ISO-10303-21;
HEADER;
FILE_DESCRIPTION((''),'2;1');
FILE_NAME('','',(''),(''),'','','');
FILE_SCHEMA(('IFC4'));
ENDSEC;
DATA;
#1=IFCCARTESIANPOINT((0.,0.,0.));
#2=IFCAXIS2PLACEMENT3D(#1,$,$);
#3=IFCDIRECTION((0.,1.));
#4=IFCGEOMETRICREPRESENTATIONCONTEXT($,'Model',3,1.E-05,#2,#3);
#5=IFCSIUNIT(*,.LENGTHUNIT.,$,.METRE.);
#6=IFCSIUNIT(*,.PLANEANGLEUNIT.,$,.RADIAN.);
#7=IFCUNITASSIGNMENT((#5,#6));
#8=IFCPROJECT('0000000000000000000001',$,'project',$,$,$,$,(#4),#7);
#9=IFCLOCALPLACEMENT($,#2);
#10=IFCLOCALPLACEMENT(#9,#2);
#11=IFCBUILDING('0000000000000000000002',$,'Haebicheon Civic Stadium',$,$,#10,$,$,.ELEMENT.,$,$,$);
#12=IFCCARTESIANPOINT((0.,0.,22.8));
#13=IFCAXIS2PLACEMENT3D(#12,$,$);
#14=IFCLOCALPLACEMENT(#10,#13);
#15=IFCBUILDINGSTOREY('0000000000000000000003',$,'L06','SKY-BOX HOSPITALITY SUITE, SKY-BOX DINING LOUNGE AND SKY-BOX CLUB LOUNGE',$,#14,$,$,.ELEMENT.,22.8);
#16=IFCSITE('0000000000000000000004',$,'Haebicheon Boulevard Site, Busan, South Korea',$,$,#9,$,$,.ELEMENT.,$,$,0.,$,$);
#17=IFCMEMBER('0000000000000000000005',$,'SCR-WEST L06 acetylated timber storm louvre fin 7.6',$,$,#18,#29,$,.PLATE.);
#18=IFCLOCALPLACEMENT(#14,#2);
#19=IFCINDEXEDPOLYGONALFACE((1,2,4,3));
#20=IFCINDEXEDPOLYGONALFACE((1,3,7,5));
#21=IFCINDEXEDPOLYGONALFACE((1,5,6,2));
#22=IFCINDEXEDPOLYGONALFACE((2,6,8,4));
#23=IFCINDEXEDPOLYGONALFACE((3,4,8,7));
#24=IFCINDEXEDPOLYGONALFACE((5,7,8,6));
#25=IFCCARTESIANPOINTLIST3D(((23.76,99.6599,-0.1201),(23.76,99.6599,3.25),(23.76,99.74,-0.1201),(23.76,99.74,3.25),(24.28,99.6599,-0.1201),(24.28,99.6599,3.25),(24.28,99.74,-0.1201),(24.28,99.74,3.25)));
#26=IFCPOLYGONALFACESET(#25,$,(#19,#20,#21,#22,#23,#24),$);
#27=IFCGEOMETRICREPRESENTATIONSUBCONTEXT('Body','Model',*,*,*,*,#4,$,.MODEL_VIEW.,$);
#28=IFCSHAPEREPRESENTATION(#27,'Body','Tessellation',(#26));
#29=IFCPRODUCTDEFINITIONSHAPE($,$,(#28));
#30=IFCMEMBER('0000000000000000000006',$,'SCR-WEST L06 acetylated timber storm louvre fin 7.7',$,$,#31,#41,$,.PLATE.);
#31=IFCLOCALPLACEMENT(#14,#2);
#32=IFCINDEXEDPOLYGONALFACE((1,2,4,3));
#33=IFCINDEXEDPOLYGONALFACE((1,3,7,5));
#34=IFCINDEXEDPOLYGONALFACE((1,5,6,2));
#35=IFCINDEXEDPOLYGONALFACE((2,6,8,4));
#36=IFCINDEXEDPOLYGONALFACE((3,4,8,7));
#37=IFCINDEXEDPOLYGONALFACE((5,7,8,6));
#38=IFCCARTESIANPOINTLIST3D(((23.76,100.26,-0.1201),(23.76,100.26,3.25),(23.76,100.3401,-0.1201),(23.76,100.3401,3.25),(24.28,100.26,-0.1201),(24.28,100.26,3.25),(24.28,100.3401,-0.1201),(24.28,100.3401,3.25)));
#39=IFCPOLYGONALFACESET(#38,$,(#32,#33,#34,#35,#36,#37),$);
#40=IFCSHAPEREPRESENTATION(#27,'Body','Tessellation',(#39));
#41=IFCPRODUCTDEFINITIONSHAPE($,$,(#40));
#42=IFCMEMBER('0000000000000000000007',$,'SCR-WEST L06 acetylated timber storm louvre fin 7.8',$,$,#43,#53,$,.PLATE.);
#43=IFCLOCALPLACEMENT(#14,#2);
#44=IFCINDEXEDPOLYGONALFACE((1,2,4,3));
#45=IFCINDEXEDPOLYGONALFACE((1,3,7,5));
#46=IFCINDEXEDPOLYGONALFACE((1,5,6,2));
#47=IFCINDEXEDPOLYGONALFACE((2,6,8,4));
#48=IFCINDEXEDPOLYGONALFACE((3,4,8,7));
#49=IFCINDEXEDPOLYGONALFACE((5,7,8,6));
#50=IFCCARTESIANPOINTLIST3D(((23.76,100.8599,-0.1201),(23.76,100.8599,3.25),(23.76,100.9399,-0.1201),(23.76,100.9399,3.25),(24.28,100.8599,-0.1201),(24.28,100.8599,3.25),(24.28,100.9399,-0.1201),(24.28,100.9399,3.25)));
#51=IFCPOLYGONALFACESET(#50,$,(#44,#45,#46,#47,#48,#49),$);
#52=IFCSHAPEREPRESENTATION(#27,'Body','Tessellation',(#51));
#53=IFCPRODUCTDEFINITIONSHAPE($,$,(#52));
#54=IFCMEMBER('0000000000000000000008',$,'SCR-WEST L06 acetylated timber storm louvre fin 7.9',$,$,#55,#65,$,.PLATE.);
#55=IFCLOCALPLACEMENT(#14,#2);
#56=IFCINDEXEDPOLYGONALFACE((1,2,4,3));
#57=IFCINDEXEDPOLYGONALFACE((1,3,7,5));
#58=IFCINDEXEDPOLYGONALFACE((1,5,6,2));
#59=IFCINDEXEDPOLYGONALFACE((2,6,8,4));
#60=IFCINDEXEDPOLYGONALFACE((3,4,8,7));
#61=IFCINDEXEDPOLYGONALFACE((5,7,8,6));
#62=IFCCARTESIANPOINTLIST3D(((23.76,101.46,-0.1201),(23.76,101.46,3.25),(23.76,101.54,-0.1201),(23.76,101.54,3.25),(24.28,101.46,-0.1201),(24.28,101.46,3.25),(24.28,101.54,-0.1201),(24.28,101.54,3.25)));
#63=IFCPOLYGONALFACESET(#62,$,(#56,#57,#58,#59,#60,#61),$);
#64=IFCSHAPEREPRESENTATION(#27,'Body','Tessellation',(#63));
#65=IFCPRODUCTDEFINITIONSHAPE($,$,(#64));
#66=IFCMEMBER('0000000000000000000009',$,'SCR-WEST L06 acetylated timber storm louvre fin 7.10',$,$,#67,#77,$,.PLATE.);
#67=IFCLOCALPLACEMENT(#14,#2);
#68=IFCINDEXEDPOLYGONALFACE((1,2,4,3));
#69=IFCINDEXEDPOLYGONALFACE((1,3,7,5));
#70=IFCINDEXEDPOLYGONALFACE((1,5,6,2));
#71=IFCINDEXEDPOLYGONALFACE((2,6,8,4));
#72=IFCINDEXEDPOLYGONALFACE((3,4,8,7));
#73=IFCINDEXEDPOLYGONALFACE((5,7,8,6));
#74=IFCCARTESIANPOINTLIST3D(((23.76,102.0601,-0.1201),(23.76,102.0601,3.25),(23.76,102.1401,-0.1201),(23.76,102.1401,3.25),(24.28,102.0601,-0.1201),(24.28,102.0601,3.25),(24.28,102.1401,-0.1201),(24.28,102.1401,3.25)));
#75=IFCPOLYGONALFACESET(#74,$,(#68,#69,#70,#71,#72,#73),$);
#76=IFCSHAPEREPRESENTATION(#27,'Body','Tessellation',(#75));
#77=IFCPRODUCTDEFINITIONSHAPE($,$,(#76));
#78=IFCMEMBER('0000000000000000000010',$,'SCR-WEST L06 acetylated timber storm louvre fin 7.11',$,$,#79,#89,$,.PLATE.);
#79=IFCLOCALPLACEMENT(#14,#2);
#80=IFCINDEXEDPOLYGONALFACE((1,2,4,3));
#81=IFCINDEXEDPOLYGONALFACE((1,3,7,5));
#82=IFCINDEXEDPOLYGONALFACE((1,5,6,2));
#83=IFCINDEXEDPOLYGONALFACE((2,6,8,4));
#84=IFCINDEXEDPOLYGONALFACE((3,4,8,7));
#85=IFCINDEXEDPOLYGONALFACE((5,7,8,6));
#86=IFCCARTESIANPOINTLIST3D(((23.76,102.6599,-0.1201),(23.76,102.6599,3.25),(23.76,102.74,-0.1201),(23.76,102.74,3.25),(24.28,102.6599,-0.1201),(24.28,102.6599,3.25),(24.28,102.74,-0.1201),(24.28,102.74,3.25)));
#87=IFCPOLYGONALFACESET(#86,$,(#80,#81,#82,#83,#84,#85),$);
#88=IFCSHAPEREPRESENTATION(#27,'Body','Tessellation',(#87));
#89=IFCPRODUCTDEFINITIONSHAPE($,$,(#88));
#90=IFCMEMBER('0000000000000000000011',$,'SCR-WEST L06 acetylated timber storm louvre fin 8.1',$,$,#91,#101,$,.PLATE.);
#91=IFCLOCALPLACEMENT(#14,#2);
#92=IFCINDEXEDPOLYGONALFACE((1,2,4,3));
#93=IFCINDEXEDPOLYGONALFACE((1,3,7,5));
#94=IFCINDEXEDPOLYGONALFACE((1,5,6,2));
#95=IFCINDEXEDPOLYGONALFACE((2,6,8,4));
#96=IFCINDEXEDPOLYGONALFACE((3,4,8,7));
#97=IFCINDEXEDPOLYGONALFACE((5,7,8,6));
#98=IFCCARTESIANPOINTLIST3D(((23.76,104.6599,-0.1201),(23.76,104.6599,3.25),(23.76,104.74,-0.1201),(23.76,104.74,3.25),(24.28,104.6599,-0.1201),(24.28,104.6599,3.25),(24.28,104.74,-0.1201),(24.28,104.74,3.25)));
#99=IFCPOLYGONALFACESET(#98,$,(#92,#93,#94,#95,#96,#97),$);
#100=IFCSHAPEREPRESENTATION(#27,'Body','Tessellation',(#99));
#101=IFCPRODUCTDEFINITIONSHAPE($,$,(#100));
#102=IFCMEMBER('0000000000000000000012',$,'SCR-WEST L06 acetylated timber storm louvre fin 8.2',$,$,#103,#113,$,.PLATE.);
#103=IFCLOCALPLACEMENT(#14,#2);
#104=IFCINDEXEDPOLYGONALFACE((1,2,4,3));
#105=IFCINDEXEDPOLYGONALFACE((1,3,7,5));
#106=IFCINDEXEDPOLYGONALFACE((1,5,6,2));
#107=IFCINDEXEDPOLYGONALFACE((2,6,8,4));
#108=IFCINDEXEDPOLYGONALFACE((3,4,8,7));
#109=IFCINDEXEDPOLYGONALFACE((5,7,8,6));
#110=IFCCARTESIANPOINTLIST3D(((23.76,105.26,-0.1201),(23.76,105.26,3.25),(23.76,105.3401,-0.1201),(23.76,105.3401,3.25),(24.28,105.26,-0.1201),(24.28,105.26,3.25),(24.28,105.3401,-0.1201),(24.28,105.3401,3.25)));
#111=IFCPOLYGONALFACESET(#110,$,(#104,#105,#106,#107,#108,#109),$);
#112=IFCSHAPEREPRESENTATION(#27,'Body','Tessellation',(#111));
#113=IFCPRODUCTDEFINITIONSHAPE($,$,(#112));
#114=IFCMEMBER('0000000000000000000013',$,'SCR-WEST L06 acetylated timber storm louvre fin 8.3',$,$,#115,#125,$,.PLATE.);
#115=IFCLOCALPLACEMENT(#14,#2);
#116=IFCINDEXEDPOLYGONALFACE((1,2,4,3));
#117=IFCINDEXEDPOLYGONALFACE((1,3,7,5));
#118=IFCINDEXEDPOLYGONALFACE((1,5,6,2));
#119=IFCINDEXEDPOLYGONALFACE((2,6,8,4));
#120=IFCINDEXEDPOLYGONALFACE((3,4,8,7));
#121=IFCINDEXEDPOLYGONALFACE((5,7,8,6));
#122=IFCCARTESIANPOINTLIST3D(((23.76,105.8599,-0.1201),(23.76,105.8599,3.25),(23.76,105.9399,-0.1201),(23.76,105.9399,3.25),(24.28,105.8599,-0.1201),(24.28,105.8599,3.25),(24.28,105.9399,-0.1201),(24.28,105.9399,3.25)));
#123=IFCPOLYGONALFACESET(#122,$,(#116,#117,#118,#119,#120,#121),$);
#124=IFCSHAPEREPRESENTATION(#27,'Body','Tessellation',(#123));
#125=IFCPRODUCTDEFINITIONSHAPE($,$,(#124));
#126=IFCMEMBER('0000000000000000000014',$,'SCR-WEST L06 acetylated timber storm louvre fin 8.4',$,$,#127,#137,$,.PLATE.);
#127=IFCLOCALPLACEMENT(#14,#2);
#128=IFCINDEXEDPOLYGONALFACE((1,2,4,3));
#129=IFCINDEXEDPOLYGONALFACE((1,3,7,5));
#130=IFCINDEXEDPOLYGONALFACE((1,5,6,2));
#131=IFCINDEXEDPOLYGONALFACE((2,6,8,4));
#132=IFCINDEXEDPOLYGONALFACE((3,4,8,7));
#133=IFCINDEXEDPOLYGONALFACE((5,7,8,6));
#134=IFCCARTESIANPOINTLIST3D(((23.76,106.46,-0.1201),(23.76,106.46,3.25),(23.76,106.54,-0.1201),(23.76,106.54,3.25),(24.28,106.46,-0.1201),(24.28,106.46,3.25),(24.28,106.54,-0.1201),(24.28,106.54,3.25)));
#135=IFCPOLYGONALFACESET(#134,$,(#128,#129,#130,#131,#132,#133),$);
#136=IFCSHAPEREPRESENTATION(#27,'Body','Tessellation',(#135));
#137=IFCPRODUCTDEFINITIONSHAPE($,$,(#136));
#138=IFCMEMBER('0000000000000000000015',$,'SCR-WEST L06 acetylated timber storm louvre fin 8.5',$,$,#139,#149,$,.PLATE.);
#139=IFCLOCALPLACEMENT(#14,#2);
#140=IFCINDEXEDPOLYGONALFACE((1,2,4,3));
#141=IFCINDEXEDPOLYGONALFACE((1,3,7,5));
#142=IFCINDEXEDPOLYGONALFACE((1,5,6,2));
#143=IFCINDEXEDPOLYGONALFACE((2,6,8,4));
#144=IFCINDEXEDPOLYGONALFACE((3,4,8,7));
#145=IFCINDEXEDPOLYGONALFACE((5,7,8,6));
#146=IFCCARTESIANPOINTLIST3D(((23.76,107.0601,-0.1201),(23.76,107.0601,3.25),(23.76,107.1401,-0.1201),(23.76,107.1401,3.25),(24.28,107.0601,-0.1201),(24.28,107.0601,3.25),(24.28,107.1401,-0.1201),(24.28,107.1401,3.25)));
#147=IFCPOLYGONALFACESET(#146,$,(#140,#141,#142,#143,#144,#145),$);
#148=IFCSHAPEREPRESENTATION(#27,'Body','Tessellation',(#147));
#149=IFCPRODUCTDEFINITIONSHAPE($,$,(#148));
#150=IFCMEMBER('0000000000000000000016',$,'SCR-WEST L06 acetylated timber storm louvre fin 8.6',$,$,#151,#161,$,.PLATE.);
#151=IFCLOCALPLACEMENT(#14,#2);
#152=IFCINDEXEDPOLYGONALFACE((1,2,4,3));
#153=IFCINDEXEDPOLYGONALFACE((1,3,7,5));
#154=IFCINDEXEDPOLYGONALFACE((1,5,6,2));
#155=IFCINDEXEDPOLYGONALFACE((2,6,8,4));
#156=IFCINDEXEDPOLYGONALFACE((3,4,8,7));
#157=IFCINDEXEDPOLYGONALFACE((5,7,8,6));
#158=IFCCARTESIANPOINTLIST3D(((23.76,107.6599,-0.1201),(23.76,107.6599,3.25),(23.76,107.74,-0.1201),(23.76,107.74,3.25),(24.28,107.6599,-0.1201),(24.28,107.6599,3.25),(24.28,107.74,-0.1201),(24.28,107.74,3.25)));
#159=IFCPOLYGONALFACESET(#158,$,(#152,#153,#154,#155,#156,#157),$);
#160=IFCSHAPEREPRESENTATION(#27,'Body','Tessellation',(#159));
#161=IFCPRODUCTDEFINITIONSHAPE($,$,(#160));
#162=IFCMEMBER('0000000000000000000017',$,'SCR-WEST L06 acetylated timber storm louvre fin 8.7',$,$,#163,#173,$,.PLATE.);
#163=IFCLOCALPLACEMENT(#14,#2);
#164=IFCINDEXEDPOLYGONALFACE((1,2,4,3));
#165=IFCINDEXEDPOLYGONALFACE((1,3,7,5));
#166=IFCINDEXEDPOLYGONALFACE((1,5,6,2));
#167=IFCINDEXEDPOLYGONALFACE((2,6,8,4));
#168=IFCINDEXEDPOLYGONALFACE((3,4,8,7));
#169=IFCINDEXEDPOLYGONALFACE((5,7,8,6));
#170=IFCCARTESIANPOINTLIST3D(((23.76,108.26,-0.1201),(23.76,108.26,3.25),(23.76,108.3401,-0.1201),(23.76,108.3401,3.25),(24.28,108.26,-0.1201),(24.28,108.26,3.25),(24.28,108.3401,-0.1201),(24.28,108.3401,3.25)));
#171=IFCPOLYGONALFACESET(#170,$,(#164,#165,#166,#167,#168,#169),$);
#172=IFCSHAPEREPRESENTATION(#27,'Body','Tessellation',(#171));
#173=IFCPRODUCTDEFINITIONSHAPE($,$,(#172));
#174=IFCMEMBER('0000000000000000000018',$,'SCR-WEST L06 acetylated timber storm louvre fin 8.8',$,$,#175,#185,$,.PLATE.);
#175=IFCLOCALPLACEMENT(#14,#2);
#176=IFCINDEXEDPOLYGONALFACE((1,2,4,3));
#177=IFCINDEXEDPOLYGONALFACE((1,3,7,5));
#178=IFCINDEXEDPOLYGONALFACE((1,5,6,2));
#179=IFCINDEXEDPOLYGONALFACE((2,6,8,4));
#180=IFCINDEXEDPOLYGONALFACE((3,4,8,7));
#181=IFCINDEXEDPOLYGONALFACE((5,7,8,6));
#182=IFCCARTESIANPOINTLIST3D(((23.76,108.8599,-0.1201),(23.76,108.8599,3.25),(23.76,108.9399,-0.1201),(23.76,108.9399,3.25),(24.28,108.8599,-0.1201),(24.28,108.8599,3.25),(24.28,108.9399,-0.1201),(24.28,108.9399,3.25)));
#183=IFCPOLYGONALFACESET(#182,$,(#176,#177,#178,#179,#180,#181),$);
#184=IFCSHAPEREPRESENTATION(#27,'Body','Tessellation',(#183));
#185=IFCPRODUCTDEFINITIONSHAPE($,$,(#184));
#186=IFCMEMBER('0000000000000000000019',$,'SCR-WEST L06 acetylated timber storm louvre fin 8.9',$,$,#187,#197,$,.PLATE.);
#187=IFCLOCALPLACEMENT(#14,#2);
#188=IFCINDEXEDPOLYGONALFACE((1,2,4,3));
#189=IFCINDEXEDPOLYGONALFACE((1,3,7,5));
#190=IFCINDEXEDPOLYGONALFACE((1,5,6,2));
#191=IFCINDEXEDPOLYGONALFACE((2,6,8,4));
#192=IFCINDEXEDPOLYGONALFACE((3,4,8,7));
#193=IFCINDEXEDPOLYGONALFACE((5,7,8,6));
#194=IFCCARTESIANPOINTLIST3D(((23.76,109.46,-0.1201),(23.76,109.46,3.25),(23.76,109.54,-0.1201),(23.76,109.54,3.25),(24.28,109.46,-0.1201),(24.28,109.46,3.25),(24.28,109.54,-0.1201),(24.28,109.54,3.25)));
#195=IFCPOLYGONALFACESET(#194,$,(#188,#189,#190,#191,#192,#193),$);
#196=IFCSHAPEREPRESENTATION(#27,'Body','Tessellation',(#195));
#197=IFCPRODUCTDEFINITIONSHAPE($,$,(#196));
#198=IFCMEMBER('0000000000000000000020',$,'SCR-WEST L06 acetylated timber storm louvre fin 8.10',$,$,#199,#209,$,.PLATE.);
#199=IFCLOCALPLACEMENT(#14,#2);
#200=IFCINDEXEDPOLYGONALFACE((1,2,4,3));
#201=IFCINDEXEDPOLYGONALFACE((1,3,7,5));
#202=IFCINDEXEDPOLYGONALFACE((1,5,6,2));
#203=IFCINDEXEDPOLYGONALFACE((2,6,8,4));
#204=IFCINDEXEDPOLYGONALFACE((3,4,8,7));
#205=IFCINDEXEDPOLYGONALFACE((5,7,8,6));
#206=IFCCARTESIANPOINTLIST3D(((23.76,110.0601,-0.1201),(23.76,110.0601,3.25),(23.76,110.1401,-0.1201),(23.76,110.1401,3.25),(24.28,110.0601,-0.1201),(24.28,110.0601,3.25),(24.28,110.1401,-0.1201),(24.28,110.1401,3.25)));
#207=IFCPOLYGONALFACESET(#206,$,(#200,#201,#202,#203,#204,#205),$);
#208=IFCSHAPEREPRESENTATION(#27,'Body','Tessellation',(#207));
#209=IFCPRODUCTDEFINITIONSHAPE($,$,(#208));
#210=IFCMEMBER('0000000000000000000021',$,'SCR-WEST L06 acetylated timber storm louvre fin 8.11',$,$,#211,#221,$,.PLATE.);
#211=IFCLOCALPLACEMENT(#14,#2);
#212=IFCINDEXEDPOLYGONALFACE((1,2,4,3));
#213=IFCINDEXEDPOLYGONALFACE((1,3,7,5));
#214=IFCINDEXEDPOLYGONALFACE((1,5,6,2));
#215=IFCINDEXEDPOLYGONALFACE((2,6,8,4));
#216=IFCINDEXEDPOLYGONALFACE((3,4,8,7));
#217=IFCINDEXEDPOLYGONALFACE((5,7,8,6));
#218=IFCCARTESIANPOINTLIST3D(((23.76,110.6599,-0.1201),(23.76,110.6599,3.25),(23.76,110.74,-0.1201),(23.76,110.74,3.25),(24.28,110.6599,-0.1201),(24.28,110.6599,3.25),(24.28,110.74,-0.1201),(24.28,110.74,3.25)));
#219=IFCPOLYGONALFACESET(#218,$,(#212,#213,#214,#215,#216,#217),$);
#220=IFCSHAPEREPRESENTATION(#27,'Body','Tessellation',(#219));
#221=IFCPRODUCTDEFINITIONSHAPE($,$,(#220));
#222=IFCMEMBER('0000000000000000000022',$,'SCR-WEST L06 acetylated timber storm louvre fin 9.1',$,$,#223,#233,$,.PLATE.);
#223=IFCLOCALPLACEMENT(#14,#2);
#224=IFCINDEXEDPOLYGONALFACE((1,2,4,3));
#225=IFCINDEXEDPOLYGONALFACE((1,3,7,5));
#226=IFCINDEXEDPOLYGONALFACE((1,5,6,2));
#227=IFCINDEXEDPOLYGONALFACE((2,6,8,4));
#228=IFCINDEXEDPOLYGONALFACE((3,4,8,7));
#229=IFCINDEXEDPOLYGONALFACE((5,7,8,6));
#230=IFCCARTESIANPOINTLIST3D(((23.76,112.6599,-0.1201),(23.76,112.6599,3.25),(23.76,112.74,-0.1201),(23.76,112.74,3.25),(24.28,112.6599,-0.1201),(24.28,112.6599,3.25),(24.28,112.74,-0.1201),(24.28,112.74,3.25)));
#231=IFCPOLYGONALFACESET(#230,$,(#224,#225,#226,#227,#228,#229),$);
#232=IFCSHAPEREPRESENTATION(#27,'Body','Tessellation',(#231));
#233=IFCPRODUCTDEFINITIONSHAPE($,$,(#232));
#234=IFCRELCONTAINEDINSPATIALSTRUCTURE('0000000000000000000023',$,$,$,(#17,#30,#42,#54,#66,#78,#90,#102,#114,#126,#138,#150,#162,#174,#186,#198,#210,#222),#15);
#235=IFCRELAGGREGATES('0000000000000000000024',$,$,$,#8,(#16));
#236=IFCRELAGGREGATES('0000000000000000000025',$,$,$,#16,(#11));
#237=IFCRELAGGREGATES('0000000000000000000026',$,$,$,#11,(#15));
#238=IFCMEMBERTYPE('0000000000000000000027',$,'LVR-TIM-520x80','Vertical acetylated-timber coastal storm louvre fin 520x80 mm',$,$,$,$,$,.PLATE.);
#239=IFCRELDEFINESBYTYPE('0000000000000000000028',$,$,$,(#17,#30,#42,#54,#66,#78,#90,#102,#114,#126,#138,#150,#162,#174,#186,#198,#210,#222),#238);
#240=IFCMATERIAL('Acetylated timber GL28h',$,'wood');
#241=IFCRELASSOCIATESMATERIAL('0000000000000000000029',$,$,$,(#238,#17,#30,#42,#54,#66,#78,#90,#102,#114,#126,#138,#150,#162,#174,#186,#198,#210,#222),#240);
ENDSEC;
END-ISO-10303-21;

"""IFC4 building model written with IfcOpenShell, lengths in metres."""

from ifc_helpers import new_model, si_unit, direction, frame, origin, origin_2d, place, context, subcontext, project, spatial, rectangle, extrude, material, material_profile, profile_set, type_object, element, save


model = new_model("IFC4")

# Units and contexts
model_context = context("Model", 3, precision=1e-05, world=origin(), true_north=direction((0.0, 1.0)))
body_context = subcontext(model_context, "Body", "Model", "MODEL_VIEW")
ifc_project = project(units=[si_unit("LENGTHUNIT", "METRE"), si_unit("PLANEANGLEUNIT", "RADIAN")], contexts=[model_context])

# Site, building, storey
site_placement = place(None, origin())
site = spatial("IfcSite", under=ifc_project, at=site_placement, Name="Haebicheon Boulevard Site, Busan, South Korea", CompositionType="ELEMENT", RefElevation=0.0)
building_placement = place(site_placement, origin())
building = spatial("IfcBuilding", under=site, at=building_placement, Name="Haebicheon Civic Stadium", CompositionType="ELEMENT")
storey_placement = place(building_placement, frame((0.0, 0.0, 22.8)))
storey = spatial("IfcBuildingStorey", under=building, at=storey_placement, Name="L06", Description="SKY-BOX HOSPITALITY SUITE, SKY-BOX DINING LOUNGE AND SKY-BOX CLUB LOUNGE", CompositionType="ELEMENT", Elevation=22.8)

# Members
ifc_material_1 = material(Name="Acetylated timber GL28h", Category="wood")
ifc_material_profile_1 = material_profile(ifc_material_1, rectangle(XDim=0.0801, YDim=0.52, at=origin_2d()), Name="TMB-LOUV-80x520")
ifc_profile_set_1 = profile_set([ifc_material_profile_1], Name="Acetylated timber GL28h")
member_type_1 = type_object("IfcMemberType", Name="LVR-TIM-520x80", Description="Vertical acetylated-timber coastal storm louvre fin 520x80 mm", PredefinedType="PLATE", material=ifc_profile_set_1)
for number, where, z_axis, x_axis, name in (
    (1, (24.02, 99.7, -0.1201), (0.0, 0.0, 1.0), (0.0, 1.0, 0.0), "SCR-WEST L06 acetylated timber storm louvre fin 7.6"),
    (2, (24.02, 100.3, -0.1201), (0.0, 0.0, 1.0), (0.0, 1.0, 0.0), "SCR-WEST L06 acetylated timber storm louvre fin 7.7"),
    (3, (24.02, 100.8999, -0.1201), (0.0, 0.0, 1.0), (0.0, 1.0, 0.0), "SCR-WEST L06 acetylated timber storm louvre fin 7.8"),
    (4, (24.02, 101.5, -0.1201), (0.0, 0.0, 1.0), (0.0, 1.0, 0.0), "SCR-WEST L06 acetylated timber storm louvre fin 7.9"),
    (5, (24.02, 102.1001, -0.1201), (0.0, 0.0, 1.0), (0.0, 1.0, 0.0), "SCR-WEST L06 acetylated timber storm louvre fin 7.10"),
    (6, (24.02, 102.7, -0.1201), (0.0, 0.0, 1.0), (0.0, 1.0, 0.0), "SCR-WEST L06 acetylated timber storm louvre fin 7.11"),
    (7, (24.02, 104.7, -0.1201), (0.0, 0.0, 1.0), (0.0, 1.0, 0.0), "SCR-WEST L06 acetylated timber storm louvre fin 8.1"),
    (8, (24.02, 105.3, -0.1201), (0.0, 0.0, 1.0), (0.0, 1.0, 0.0), "SCR-WEST L06 acetylated timber storm louvre fin 8.2"),
    (9, (24.02, 105.8999, -0.1201), (0.0, 0.0, 1.0), (0.0, 1.0, 0.0), "SCR-WEST L06 acetylated timber storm louvre fin 8.3"),
    (10, (24.02, 106.5, -0.1201), (0.0, 0.0, 1.0), (0.0, 1.0, 0.0), "SCR-WEST L06 acetylated timber storm louvre fin 8.4"),
    (11, (24.02, 107.1001, -0.1201), (0.0, 0.0, 1.0), (0.0, 1.0, 0.0), "SCR-WEST L06 acetylated timber storm louvre fin 8.5"),
    (12, (24.02, 107.7, -0.1201), (0.0, 0.0, 1.0), (0.0, 1.0, 0.0), "SCR-WEST L06 acetylated timber storm louvre fin 8.6"),
    (13, (24.02, 108.3, -0.1201), (0.0, 0.0, 1.0), (0.0, 1.0, 0.0), "SCR-WEST L06 acetylated timber storm louvre fin 8.7"),
    (14, (24.02, 108.8999, -0.1201), (0.0, 0.0, 1.0), (0.0, 1.0, 0.0), "SCR-WEST L06 acetylated timber storm louvre fin 8.8"),
    (15, (24.02, 109.5, -0.1201), (0.0, 0.0, 1.0), (0.0, 1.0, 0.0), "SCR-WEST L06 acetylated timber storm louvre fin 8.9"),
    (16, (24.02, 110.1001, -0.1201), (0.0, 0.0, 1.0), (0.0, 1.0, 0.0), "SCR-WEST L06 acetylated timber storm louvre fin 8.10"),
    (17, (24.02, 110.7, -0.1201), (0.0, 0.0, 1.0), (0.0, 1.0, 0.0), "SCR-WEST L06 acetylated timber storm louvre fin 8.11"),
    (18, (24.02, 112.7, -0.1201), (0.0, 0.0, 1.0), (0.0, 1.0, 0.0), "SCR-WEST L06 acetylated timber storm louvre fin 9.1"),
):
    element("IfcMember", number, at=place(storey_placement, frame(where, z_axis=z_axis, x_axis=x_axis)), inside=storey, type_object=member_type_1, material=ifc_profile_set_1, Name=name, PredefinedType="PLATE", context=body_context, shape_type="SweptSolid", body=[
        extrude(rectangle(XDim=0.0801, YDim=0.52, at=origin_2d()), origin(), (0.0, 0.0, 1.0), 3.3701),
    ])

save(model, "model.ifc")
